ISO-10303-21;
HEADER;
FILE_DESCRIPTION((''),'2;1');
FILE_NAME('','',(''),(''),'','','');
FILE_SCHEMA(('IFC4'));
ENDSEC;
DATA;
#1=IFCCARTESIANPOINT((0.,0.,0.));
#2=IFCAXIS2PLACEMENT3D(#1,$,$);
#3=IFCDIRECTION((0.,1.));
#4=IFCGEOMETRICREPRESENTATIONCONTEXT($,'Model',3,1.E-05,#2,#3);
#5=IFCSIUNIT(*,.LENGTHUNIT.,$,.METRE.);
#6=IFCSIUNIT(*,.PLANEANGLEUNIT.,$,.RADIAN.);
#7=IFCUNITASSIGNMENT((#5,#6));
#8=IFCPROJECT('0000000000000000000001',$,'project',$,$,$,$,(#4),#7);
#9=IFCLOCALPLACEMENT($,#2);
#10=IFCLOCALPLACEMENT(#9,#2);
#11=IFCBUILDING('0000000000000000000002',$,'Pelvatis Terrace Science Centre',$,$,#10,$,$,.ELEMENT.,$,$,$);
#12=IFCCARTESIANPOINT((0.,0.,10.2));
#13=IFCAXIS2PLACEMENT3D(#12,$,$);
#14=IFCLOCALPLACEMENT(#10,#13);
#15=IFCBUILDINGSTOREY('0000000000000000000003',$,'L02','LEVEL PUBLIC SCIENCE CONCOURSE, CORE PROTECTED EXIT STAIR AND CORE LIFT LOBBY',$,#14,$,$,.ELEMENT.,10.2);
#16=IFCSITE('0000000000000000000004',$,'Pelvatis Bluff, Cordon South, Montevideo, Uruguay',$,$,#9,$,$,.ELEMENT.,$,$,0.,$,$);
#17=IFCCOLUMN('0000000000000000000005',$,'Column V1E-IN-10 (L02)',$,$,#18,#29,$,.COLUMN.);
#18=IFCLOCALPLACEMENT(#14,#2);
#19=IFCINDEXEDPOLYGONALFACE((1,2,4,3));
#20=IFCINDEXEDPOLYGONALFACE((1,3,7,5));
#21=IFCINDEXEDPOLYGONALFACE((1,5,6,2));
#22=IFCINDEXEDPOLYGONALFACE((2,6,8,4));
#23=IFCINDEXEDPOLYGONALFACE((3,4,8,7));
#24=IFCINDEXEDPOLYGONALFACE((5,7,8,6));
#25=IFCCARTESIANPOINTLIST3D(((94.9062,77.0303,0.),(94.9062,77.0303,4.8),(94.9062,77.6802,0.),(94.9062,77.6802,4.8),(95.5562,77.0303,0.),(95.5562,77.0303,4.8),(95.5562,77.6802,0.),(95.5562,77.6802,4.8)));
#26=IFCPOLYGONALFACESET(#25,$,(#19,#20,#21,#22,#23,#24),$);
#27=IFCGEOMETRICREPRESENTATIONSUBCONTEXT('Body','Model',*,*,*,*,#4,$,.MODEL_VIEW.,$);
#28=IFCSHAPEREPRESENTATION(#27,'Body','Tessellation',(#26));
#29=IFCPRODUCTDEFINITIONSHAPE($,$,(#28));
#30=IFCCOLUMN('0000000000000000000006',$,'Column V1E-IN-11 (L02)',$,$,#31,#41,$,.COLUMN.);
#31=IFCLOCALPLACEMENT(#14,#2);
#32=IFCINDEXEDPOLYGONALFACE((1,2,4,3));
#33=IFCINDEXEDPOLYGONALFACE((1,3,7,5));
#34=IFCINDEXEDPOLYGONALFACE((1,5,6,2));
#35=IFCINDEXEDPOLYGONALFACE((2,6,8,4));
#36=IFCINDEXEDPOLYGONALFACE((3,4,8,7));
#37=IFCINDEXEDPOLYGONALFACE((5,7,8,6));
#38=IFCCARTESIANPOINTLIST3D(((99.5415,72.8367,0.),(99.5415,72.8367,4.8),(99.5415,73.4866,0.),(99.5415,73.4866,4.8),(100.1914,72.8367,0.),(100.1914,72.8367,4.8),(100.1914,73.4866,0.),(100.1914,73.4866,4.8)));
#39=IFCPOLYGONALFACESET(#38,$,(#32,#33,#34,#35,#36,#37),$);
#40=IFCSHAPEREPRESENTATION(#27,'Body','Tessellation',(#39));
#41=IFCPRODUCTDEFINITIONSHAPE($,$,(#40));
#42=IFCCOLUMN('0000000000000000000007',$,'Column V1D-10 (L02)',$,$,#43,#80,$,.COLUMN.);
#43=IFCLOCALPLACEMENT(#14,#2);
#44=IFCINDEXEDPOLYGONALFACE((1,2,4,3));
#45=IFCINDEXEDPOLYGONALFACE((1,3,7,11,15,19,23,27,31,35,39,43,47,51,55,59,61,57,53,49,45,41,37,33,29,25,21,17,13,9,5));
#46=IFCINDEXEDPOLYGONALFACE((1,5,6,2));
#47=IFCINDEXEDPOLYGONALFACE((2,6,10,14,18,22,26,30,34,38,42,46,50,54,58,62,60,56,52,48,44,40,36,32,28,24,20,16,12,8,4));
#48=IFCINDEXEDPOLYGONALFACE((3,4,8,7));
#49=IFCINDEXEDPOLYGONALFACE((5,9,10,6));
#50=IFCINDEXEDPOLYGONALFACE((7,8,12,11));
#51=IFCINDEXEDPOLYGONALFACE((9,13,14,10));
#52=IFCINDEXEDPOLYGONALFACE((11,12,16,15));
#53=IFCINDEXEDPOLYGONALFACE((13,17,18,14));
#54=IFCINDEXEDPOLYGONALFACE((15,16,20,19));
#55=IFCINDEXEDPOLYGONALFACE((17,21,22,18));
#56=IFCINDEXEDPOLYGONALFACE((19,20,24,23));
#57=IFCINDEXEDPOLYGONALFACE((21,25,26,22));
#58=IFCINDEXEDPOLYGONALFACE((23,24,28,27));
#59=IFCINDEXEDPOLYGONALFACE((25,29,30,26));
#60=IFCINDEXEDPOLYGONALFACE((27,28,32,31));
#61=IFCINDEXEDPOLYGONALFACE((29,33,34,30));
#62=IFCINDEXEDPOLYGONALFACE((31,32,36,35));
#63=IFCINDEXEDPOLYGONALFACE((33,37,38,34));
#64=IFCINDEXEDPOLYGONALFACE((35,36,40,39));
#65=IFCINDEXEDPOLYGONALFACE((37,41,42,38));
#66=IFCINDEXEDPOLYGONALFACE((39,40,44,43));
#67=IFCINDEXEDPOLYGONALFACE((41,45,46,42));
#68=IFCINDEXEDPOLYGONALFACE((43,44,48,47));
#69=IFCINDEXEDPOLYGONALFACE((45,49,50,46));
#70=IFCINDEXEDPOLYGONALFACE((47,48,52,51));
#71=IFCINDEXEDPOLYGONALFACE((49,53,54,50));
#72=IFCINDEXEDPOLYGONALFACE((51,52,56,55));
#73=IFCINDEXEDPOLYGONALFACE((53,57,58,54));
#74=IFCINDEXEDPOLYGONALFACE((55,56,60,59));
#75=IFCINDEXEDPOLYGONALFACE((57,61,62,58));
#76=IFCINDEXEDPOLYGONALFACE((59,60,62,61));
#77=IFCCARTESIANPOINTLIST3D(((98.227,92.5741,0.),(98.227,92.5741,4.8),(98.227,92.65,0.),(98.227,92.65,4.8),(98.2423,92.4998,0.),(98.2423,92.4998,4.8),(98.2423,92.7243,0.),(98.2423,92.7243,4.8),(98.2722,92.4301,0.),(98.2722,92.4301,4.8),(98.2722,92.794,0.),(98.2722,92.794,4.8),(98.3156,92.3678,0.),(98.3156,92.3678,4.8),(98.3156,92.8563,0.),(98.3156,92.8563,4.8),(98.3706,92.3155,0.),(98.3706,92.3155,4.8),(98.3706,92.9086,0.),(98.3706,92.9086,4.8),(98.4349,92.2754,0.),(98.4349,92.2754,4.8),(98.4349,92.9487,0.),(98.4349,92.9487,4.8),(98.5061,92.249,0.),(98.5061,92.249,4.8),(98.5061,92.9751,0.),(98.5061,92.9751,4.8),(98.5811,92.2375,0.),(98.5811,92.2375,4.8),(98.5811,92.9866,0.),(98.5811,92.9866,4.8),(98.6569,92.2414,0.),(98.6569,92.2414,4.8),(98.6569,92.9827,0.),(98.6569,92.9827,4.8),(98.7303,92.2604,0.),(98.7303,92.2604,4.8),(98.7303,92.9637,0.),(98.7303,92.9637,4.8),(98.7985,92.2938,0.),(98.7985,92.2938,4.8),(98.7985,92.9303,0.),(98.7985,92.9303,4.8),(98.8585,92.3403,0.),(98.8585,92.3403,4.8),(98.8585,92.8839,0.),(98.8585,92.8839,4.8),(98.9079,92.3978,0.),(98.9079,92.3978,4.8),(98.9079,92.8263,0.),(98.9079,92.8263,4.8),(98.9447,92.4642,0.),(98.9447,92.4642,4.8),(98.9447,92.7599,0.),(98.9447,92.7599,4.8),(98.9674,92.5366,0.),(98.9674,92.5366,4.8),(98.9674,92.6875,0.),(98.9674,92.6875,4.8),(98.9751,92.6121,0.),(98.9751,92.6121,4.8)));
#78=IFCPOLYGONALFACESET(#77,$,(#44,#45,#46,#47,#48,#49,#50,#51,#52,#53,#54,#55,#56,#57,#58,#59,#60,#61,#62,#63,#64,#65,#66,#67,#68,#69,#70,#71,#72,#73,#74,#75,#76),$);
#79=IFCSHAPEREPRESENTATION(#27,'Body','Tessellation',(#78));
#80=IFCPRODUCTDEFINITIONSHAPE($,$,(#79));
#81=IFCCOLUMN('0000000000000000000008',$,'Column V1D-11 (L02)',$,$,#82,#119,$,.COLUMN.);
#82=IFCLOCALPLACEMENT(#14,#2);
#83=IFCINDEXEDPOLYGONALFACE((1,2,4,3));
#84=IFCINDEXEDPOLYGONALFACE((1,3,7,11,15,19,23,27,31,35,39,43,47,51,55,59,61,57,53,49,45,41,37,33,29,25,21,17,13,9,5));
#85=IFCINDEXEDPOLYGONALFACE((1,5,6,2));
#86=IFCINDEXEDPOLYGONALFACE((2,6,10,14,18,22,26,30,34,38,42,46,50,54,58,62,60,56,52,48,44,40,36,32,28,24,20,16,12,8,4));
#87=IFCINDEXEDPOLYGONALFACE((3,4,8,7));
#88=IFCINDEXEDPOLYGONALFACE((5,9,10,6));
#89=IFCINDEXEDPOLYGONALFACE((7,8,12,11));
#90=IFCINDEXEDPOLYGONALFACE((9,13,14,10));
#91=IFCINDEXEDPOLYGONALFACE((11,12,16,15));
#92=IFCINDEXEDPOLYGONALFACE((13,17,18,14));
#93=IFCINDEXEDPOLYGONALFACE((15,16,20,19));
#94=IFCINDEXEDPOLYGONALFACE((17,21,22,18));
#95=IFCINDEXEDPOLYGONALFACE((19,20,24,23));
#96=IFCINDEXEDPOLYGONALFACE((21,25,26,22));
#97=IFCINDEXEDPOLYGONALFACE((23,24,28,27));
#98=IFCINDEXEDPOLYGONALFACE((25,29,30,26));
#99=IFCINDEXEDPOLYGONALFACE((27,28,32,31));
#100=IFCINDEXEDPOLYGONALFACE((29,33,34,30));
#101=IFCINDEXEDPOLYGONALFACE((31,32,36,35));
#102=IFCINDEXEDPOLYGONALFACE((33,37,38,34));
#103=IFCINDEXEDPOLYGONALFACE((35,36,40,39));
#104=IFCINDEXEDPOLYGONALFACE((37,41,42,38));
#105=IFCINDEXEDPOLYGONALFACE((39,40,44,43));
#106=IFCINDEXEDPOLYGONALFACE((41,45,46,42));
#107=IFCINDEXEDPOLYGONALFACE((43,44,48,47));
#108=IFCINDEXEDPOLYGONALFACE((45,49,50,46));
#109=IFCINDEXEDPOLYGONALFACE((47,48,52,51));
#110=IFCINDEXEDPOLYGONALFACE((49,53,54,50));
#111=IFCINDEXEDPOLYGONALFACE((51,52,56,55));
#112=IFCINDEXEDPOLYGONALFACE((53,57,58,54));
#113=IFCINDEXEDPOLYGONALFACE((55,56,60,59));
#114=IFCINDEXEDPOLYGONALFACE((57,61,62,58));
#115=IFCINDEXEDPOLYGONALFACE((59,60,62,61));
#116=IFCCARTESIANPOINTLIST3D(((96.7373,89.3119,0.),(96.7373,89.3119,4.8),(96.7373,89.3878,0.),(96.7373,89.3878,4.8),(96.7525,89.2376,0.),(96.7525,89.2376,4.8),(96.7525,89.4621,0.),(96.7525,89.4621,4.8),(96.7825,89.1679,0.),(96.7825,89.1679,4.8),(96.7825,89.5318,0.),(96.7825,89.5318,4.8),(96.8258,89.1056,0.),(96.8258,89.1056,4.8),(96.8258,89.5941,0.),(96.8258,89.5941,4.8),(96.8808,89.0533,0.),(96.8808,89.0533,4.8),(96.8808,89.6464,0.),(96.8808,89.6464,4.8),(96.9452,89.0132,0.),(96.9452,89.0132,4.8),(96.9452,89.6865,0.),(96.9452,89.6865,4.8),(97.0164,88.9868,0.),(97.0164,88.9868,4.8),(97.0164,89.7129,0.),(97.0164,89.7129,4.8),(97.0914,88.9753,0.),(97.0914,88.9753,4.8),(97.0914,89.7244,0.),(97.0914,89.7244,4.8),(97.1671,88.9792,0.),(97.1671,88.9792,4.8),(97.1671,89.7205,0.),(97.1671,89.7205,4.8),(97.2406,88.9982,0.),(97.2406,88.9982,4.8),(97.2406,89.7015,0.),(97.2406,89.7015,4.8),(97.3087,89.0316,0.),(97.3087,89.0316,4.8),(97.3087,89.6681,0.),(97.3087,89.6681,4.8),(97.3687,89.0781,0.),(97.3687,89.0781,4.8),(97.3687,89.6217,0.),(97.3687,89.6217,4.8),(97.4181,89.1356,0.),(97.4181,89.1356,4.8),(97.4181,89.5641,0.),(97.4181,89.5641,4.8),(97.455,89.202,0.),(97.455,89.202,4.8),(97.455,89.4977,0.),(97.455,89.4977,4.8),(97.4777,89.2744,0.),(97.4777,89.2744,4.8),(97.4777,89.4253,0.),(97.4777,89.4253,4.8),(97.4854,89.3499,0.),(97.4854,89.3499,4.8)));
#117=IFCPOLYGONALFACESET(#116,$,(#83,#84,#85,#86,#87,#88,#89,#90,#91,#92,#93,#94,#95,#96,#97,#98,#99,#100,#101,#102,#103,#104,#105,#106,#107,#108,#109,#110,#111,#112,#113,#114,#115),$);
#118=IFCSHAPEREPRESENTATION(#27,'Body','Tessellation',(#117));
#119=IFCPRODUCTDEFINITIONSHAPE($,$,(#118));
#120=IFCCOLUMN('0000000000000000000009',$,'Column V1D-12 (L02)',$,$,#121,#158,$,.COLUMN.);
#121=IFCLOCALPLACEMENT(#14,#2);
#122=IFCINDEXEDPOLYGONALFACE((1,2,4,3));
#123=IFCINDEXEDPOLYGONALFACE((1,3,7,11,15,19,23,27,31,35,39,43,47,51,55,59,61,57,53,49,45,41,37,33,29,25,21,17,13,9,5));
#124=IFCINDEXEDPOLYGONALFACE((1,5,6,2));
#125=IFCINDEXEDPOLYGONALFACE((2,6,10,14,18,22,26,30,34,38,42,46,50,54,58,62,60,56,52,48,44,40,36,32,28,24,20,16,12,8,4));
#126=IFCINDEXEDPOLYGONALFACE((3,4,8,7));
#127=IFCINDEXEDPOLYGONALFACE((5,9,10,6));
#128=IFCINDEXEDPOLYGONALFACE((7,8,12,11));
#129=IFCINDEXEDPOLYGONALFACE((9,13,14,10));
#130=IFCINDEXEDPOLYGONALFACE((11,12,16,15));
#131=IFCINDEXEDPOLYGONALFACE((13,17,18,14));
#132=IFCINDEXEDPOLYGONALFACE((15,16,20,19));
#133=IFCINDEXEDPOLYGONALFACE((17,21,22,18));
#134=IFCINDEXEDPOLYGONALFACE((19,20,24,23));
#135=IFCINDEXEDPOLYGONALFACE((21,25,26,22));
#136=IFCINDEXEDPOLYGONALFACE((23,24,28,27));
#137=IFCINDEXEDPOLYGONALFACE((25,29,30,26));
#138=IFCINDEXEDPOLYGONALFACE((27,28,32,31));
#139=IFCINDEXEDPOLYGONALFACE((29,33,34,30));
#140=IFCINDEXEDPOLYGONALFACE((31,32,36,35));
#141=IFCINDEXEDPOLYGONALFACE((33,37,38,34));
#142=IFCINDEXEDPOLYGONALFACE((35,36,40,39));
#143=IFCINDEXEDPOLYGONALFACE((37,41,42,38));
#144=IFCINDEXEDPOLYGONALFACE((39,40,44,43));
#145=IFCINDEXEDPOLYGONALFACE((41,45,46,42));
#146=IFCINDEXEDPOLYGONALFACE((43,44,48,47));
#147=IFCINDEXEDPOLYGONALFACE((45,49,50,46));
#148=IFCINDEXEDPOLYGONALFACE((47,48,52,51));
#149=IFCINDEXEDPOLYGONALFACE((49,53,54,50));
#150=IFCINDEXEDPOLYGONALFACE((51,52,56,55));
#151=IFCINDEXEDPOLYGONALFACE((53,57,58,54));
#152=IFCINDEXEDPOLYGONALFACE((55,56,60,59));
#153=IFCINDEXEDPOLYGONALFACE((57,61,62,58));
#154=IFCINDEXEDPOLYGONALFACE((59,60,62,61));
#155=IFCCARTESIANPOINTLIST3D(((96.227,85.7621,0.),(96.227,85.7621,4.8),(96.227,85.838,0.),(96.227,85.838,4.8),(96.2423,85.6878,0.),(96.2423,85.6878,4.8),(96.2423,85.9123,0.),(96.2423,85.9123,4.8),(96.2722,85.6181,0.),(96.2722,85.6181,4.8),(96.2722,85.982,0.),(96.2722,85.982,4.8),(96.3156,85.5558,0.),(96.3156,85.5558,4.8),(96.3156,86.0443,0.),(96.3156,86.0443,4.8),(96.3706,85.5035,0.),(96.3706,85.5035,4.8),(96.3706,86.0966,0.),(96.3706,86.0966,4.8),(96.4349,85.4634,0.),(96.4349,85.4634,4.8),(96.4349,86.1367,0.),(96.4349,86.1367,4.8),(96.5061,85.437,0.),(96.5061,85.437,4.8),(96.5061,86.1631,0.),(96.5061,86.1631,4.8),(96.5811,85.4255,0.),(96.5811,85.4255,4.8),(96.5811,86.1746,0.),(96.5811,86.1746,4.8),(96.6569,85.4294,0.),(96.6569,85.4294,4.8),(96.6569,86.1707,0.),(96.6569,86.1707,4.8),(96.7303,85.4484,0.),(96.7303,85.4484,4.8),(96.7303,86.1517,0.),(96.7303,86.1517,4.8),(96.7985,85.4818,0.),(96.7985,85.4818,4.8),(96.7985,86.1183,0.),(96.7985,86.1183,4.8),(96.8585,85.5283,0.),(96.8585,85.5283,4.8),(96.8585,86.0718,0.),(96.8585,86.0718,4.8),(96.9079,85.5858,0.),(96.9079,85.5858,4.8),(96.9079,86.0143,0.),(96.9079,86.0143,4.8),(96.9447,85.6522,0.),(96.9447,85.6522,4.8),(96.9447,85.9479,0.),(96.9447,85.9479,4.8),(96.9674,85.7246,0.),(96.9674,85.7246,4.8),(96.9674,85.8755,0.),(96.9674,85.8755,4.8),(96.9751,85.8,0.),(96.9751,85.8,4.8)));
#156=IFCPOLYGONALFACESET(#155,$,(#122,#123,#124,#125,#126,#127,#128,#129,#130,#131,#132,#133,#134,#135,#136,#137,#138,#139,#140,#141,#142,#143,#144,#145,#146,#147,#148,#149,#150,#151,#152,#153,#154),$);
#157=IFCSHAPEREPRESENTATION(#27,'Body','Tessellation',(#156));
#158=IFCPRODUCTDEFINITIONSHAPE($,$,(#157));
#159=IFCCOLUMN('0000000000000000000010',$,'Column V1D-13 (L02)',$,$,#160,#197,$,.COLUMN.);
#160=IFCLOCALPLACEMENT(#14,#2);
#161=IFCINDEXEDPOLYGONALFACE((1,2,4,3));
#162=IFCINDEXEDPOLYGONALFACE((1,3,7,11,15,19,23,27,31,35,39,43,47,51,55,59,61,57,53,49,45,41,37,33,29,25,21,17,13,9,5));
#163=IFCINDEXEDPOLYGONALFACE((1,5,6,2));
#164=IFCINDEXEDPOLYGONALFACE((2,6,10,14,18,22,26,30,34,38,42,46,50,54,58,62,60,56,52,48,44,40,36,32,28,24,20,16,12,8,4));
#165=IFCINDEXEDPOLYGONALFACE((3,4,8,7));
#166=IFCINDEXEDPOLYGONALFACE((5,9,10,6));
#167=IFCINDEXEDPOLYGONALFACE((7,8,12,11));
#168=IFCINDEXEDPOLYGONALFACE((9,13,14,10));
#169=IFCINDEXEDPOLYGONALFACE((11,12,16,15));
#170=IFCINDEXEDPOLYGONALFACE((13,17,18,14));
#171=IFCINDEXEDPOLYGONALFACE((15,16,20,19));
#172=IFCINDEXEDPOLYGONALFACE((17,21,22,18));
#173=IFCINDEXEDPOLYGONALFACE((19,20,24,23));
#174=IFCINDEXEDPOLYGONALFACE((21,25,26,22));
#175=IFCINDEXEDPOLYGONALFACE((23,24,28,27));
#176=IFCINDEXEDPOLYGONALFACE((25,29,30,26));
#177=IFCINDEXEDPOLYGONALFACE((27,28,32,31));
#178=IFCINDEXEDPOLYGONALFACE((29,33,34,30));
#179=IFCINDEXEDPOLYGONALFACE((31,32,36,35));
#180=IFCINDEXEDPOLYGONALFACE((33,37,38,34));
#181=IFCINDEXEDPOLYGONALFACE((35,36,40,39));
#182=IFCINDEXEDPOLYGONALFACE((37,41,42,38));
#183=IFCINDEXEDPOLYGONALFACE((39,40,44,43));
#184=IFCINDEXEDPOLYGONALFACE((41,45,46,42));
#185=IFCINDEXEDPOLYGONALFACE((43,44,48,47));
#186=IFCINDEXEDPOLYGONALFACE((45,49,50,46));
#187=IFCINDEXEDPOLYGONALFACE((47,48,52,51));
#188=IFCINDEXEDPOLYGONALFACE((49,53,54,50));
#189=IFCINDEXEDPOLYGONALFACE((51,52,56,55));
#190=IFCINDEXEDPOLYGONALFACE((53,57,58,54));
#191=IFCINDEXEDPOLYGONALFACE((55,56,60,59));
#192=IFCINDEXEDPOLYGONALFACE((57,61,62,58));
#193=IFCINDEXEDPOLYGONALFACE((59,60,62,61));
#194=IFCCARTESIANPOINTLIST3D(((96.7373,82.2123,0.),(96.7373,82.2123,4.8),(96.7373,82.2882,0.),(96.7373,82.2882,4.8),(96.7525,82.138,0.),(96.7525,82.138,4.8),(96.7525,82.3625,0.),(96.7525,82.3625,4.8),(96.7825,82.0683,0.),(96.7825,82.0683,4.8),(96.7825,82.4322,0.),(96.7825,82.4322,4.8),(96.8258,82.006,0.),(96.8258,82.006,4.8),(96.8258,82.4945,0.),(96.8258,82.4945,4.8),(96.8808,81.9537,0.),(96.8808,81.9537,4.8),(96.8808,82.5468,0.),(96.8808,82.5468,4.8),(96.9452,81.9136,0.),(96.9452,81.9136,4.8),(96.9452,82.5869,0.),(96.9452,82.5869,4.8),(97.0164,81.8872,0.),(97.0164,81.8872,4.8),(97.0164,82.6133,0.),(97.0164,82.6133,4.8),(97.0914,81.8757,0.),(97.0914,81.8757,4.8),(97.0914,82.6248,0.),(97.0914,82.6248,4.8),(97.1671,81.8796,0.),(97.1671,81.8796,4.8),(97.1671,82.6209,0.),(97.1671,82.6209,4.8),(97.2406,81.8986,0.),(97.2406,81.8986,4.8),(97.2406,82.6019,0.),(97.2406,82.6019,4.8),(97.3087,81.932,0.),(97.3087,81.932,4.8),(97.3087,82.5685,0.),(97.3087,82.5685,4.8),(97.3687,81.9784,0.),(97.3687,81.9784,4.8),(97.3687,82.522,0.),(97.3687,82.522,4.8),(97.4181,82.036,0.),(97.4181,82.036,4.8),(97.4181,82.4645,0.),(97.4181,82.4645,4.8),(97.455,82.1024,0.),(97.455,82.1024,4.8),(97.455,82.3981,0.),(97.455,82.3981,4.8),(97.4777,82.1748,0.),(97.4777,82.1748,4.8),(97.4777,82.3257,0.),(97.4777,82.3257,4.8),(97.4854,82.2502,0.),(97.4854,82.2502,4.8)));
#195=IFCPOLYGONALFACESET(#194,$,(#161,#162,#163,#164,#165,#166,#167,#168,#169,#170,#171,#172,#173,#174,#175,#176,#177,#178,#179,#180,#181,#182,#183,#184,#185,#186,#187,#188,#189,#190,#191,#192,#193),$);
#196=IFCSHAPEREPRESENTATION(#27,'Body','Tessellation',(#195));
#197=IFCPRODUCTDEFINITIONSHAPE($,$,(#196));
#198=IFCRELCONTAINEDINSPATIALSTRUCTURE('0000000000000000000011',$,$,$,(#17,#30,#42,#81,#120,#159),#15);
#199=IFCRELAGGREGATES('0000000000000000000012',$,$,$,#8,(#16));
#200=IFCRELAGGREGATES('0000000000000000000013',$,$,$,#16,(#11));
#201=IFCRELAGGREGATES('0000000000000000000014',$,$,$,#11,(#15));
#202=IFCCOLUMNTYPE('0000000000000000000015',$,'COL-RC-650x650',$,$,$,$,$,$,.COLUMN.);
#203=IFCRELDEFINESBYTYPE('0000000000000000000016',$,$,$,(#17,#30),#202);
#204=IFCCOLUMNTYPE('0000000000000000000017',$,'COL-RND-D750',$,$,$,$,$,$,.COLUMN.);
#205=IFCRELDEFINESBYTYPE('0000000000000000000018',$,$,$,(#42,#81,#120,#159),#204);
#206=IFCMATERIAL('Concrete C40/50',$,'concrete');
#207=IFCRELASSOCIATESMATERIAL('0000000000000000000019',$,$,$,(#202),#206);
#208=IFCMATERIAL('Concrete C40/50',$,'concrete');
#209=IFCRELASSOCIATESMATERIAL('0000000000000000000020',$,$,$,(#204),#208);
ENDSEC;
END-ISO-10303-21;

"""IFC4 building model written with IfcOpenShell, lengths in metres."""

from ifc_helpers import new_model, si_unit, direction, frame, origin, origin_2d, place, context, subcontext, project, spatial, rectangle, circle, extrude, material, material_profile, profile_set, type_object, element, save


model = new_model("IFC4")

# Units and contexts
model_context = context("Model", 3, precision=1e-05, world=origin(), true_north=direction((0.0, 1.0)))
body_context = subcontext(model_context, "Body", "Model", "MODEL_VIEW")
ifc_project = project(units=[si_unit("LENGTHUNIT", "METRE"), si_unit("PLANEANGLEUNIT", "RADIAN")], contexts=[model_context])

# Site, building, storey
site_placement = place(None, origin())
site = spatial("IfcSite", under=ifc_project, at=site_placement, Name="Pelvatis Bluff, Cordon South, Montevideo, Uruguay", CompositionType="ELEMENT", RefElevation=0.0)
building_placement = place(site_placement, origin())
building = spatial("IfcBuilding", under=site, at=building_placement, Name="Pelvatis Terrace Science Centre", CompositionType="ELEMENT")
storey_placement = place(building_placement, frame((0.0, 0.0, 10.2)))
storey = spatial("IfcBuildingStorey", under=building, at=storey_placement, Name="L02", Description="LEVEL PUBLIC SCIENCE CONCOURSE, CORE PROTECTED EXIT STAIR AND CORE LIFT LOBBY", CompositionType="ELEMENT", Elevation=10.2)

# Columns
ifc_material_1 = material(Name="Concrete C40/50", Category="concrete")
ifc_material_profile_1 = material_profile(ifc_material_1, rectangle(XDim=0.6499, YDim=0.6499, at=origin_2d()), Name="RC-COL 650x650")
ifc_profile_set_1 = profile_set([ifc_material_profile_1], Name="Concrete C40/50")
column_type_1 = type_object("IfcColumnType", Name="COL-RC-650x650", PredefinedType="COLUMN", material=ifc_profile_set_1)
for number, where, z_axis, x_axis, name in (
    (1, (95.2312, 77.3552, 0.0), (0.0, 0.0, 1.0), (1.0, 0.0, 0.0), "Column V1E-IN-10 (L02)"),
    (2, (99.8665, 73.1616, 0.0), (0.0, 0.0, 1.0), (1.0, 0.0, 0.0), "Column V1E-IN-11 (L02)"),
):
    element("IfcColumn", number, at=place(storey_placement, frame(where, z_axis=z_axis, x_axis=x_axis)), inside=storey, type_object=column_type_1, Name=name, PredefinedType="COLUMN", context=body_context, shape_type="SweptSolid", body=[
        extrude(rectangle(XDim=0.6499, YDim=0.6499, at=origin_2d()), origin(), (0.0, 0.0, 1.0), 4.8),
    ])
ifc_material_2 = material(Name="Concrete C40/50", Category="concrete")
ifc_material_profile_2 = material_profile(ifc_material_2, circle(Radius=0.375, at=origin_2d()), Name="RC-RCOL D750")
ifc_profile_set_2 = profile_set([ifc_material_profile_2], Name="Concrete C40/50")
column_type_2 = type_object("IfcColumnType", Name="COL-RND-D750", PredefinedType="COLUMN", material=ifc_profile_set_2)
for number, where, z_axis, x_axis, name in (
    (3, (98.6001, 92.6121, 0.0), (0.0, 0.0, 1.0), (1.0, 0.0, 0.0), "Column V1D-10 (L02)"),
    (4, (97.1104, 89.3499, 0.0), (0.0, 0.0, 1.0), (1.0, 0.0, 0.0), "Column V1D-11 (L02)"),
    (5, (96.6001, 85.8, 0.0), (0.0, 0.0, 1.0), (1.0, 0.0, 0.0), "Column V1D-12 (L02)"),
    (6, (97.1104, 82.2502, 0.0), (0.0, 0.0, 1.0), (1.0, 0.0, 0.0), "Column V1D-13 (L02)"),
):
    element("IfcColumn", number, at=place(storey_placement, frame(where, z_axis=z_axis, x_axis=x_axis)), inside=storey, type_object=column_type_2, Name=name, PredefinedType="COLUMN", context=body_context, shape_type="SweptSolid", body=[
        extrude(circle(Radius=0.375, at=origin_2d()), origin(), (0.0, 0.0, 1.0), 4.8),
    ])

save(model, "model.ifc")
